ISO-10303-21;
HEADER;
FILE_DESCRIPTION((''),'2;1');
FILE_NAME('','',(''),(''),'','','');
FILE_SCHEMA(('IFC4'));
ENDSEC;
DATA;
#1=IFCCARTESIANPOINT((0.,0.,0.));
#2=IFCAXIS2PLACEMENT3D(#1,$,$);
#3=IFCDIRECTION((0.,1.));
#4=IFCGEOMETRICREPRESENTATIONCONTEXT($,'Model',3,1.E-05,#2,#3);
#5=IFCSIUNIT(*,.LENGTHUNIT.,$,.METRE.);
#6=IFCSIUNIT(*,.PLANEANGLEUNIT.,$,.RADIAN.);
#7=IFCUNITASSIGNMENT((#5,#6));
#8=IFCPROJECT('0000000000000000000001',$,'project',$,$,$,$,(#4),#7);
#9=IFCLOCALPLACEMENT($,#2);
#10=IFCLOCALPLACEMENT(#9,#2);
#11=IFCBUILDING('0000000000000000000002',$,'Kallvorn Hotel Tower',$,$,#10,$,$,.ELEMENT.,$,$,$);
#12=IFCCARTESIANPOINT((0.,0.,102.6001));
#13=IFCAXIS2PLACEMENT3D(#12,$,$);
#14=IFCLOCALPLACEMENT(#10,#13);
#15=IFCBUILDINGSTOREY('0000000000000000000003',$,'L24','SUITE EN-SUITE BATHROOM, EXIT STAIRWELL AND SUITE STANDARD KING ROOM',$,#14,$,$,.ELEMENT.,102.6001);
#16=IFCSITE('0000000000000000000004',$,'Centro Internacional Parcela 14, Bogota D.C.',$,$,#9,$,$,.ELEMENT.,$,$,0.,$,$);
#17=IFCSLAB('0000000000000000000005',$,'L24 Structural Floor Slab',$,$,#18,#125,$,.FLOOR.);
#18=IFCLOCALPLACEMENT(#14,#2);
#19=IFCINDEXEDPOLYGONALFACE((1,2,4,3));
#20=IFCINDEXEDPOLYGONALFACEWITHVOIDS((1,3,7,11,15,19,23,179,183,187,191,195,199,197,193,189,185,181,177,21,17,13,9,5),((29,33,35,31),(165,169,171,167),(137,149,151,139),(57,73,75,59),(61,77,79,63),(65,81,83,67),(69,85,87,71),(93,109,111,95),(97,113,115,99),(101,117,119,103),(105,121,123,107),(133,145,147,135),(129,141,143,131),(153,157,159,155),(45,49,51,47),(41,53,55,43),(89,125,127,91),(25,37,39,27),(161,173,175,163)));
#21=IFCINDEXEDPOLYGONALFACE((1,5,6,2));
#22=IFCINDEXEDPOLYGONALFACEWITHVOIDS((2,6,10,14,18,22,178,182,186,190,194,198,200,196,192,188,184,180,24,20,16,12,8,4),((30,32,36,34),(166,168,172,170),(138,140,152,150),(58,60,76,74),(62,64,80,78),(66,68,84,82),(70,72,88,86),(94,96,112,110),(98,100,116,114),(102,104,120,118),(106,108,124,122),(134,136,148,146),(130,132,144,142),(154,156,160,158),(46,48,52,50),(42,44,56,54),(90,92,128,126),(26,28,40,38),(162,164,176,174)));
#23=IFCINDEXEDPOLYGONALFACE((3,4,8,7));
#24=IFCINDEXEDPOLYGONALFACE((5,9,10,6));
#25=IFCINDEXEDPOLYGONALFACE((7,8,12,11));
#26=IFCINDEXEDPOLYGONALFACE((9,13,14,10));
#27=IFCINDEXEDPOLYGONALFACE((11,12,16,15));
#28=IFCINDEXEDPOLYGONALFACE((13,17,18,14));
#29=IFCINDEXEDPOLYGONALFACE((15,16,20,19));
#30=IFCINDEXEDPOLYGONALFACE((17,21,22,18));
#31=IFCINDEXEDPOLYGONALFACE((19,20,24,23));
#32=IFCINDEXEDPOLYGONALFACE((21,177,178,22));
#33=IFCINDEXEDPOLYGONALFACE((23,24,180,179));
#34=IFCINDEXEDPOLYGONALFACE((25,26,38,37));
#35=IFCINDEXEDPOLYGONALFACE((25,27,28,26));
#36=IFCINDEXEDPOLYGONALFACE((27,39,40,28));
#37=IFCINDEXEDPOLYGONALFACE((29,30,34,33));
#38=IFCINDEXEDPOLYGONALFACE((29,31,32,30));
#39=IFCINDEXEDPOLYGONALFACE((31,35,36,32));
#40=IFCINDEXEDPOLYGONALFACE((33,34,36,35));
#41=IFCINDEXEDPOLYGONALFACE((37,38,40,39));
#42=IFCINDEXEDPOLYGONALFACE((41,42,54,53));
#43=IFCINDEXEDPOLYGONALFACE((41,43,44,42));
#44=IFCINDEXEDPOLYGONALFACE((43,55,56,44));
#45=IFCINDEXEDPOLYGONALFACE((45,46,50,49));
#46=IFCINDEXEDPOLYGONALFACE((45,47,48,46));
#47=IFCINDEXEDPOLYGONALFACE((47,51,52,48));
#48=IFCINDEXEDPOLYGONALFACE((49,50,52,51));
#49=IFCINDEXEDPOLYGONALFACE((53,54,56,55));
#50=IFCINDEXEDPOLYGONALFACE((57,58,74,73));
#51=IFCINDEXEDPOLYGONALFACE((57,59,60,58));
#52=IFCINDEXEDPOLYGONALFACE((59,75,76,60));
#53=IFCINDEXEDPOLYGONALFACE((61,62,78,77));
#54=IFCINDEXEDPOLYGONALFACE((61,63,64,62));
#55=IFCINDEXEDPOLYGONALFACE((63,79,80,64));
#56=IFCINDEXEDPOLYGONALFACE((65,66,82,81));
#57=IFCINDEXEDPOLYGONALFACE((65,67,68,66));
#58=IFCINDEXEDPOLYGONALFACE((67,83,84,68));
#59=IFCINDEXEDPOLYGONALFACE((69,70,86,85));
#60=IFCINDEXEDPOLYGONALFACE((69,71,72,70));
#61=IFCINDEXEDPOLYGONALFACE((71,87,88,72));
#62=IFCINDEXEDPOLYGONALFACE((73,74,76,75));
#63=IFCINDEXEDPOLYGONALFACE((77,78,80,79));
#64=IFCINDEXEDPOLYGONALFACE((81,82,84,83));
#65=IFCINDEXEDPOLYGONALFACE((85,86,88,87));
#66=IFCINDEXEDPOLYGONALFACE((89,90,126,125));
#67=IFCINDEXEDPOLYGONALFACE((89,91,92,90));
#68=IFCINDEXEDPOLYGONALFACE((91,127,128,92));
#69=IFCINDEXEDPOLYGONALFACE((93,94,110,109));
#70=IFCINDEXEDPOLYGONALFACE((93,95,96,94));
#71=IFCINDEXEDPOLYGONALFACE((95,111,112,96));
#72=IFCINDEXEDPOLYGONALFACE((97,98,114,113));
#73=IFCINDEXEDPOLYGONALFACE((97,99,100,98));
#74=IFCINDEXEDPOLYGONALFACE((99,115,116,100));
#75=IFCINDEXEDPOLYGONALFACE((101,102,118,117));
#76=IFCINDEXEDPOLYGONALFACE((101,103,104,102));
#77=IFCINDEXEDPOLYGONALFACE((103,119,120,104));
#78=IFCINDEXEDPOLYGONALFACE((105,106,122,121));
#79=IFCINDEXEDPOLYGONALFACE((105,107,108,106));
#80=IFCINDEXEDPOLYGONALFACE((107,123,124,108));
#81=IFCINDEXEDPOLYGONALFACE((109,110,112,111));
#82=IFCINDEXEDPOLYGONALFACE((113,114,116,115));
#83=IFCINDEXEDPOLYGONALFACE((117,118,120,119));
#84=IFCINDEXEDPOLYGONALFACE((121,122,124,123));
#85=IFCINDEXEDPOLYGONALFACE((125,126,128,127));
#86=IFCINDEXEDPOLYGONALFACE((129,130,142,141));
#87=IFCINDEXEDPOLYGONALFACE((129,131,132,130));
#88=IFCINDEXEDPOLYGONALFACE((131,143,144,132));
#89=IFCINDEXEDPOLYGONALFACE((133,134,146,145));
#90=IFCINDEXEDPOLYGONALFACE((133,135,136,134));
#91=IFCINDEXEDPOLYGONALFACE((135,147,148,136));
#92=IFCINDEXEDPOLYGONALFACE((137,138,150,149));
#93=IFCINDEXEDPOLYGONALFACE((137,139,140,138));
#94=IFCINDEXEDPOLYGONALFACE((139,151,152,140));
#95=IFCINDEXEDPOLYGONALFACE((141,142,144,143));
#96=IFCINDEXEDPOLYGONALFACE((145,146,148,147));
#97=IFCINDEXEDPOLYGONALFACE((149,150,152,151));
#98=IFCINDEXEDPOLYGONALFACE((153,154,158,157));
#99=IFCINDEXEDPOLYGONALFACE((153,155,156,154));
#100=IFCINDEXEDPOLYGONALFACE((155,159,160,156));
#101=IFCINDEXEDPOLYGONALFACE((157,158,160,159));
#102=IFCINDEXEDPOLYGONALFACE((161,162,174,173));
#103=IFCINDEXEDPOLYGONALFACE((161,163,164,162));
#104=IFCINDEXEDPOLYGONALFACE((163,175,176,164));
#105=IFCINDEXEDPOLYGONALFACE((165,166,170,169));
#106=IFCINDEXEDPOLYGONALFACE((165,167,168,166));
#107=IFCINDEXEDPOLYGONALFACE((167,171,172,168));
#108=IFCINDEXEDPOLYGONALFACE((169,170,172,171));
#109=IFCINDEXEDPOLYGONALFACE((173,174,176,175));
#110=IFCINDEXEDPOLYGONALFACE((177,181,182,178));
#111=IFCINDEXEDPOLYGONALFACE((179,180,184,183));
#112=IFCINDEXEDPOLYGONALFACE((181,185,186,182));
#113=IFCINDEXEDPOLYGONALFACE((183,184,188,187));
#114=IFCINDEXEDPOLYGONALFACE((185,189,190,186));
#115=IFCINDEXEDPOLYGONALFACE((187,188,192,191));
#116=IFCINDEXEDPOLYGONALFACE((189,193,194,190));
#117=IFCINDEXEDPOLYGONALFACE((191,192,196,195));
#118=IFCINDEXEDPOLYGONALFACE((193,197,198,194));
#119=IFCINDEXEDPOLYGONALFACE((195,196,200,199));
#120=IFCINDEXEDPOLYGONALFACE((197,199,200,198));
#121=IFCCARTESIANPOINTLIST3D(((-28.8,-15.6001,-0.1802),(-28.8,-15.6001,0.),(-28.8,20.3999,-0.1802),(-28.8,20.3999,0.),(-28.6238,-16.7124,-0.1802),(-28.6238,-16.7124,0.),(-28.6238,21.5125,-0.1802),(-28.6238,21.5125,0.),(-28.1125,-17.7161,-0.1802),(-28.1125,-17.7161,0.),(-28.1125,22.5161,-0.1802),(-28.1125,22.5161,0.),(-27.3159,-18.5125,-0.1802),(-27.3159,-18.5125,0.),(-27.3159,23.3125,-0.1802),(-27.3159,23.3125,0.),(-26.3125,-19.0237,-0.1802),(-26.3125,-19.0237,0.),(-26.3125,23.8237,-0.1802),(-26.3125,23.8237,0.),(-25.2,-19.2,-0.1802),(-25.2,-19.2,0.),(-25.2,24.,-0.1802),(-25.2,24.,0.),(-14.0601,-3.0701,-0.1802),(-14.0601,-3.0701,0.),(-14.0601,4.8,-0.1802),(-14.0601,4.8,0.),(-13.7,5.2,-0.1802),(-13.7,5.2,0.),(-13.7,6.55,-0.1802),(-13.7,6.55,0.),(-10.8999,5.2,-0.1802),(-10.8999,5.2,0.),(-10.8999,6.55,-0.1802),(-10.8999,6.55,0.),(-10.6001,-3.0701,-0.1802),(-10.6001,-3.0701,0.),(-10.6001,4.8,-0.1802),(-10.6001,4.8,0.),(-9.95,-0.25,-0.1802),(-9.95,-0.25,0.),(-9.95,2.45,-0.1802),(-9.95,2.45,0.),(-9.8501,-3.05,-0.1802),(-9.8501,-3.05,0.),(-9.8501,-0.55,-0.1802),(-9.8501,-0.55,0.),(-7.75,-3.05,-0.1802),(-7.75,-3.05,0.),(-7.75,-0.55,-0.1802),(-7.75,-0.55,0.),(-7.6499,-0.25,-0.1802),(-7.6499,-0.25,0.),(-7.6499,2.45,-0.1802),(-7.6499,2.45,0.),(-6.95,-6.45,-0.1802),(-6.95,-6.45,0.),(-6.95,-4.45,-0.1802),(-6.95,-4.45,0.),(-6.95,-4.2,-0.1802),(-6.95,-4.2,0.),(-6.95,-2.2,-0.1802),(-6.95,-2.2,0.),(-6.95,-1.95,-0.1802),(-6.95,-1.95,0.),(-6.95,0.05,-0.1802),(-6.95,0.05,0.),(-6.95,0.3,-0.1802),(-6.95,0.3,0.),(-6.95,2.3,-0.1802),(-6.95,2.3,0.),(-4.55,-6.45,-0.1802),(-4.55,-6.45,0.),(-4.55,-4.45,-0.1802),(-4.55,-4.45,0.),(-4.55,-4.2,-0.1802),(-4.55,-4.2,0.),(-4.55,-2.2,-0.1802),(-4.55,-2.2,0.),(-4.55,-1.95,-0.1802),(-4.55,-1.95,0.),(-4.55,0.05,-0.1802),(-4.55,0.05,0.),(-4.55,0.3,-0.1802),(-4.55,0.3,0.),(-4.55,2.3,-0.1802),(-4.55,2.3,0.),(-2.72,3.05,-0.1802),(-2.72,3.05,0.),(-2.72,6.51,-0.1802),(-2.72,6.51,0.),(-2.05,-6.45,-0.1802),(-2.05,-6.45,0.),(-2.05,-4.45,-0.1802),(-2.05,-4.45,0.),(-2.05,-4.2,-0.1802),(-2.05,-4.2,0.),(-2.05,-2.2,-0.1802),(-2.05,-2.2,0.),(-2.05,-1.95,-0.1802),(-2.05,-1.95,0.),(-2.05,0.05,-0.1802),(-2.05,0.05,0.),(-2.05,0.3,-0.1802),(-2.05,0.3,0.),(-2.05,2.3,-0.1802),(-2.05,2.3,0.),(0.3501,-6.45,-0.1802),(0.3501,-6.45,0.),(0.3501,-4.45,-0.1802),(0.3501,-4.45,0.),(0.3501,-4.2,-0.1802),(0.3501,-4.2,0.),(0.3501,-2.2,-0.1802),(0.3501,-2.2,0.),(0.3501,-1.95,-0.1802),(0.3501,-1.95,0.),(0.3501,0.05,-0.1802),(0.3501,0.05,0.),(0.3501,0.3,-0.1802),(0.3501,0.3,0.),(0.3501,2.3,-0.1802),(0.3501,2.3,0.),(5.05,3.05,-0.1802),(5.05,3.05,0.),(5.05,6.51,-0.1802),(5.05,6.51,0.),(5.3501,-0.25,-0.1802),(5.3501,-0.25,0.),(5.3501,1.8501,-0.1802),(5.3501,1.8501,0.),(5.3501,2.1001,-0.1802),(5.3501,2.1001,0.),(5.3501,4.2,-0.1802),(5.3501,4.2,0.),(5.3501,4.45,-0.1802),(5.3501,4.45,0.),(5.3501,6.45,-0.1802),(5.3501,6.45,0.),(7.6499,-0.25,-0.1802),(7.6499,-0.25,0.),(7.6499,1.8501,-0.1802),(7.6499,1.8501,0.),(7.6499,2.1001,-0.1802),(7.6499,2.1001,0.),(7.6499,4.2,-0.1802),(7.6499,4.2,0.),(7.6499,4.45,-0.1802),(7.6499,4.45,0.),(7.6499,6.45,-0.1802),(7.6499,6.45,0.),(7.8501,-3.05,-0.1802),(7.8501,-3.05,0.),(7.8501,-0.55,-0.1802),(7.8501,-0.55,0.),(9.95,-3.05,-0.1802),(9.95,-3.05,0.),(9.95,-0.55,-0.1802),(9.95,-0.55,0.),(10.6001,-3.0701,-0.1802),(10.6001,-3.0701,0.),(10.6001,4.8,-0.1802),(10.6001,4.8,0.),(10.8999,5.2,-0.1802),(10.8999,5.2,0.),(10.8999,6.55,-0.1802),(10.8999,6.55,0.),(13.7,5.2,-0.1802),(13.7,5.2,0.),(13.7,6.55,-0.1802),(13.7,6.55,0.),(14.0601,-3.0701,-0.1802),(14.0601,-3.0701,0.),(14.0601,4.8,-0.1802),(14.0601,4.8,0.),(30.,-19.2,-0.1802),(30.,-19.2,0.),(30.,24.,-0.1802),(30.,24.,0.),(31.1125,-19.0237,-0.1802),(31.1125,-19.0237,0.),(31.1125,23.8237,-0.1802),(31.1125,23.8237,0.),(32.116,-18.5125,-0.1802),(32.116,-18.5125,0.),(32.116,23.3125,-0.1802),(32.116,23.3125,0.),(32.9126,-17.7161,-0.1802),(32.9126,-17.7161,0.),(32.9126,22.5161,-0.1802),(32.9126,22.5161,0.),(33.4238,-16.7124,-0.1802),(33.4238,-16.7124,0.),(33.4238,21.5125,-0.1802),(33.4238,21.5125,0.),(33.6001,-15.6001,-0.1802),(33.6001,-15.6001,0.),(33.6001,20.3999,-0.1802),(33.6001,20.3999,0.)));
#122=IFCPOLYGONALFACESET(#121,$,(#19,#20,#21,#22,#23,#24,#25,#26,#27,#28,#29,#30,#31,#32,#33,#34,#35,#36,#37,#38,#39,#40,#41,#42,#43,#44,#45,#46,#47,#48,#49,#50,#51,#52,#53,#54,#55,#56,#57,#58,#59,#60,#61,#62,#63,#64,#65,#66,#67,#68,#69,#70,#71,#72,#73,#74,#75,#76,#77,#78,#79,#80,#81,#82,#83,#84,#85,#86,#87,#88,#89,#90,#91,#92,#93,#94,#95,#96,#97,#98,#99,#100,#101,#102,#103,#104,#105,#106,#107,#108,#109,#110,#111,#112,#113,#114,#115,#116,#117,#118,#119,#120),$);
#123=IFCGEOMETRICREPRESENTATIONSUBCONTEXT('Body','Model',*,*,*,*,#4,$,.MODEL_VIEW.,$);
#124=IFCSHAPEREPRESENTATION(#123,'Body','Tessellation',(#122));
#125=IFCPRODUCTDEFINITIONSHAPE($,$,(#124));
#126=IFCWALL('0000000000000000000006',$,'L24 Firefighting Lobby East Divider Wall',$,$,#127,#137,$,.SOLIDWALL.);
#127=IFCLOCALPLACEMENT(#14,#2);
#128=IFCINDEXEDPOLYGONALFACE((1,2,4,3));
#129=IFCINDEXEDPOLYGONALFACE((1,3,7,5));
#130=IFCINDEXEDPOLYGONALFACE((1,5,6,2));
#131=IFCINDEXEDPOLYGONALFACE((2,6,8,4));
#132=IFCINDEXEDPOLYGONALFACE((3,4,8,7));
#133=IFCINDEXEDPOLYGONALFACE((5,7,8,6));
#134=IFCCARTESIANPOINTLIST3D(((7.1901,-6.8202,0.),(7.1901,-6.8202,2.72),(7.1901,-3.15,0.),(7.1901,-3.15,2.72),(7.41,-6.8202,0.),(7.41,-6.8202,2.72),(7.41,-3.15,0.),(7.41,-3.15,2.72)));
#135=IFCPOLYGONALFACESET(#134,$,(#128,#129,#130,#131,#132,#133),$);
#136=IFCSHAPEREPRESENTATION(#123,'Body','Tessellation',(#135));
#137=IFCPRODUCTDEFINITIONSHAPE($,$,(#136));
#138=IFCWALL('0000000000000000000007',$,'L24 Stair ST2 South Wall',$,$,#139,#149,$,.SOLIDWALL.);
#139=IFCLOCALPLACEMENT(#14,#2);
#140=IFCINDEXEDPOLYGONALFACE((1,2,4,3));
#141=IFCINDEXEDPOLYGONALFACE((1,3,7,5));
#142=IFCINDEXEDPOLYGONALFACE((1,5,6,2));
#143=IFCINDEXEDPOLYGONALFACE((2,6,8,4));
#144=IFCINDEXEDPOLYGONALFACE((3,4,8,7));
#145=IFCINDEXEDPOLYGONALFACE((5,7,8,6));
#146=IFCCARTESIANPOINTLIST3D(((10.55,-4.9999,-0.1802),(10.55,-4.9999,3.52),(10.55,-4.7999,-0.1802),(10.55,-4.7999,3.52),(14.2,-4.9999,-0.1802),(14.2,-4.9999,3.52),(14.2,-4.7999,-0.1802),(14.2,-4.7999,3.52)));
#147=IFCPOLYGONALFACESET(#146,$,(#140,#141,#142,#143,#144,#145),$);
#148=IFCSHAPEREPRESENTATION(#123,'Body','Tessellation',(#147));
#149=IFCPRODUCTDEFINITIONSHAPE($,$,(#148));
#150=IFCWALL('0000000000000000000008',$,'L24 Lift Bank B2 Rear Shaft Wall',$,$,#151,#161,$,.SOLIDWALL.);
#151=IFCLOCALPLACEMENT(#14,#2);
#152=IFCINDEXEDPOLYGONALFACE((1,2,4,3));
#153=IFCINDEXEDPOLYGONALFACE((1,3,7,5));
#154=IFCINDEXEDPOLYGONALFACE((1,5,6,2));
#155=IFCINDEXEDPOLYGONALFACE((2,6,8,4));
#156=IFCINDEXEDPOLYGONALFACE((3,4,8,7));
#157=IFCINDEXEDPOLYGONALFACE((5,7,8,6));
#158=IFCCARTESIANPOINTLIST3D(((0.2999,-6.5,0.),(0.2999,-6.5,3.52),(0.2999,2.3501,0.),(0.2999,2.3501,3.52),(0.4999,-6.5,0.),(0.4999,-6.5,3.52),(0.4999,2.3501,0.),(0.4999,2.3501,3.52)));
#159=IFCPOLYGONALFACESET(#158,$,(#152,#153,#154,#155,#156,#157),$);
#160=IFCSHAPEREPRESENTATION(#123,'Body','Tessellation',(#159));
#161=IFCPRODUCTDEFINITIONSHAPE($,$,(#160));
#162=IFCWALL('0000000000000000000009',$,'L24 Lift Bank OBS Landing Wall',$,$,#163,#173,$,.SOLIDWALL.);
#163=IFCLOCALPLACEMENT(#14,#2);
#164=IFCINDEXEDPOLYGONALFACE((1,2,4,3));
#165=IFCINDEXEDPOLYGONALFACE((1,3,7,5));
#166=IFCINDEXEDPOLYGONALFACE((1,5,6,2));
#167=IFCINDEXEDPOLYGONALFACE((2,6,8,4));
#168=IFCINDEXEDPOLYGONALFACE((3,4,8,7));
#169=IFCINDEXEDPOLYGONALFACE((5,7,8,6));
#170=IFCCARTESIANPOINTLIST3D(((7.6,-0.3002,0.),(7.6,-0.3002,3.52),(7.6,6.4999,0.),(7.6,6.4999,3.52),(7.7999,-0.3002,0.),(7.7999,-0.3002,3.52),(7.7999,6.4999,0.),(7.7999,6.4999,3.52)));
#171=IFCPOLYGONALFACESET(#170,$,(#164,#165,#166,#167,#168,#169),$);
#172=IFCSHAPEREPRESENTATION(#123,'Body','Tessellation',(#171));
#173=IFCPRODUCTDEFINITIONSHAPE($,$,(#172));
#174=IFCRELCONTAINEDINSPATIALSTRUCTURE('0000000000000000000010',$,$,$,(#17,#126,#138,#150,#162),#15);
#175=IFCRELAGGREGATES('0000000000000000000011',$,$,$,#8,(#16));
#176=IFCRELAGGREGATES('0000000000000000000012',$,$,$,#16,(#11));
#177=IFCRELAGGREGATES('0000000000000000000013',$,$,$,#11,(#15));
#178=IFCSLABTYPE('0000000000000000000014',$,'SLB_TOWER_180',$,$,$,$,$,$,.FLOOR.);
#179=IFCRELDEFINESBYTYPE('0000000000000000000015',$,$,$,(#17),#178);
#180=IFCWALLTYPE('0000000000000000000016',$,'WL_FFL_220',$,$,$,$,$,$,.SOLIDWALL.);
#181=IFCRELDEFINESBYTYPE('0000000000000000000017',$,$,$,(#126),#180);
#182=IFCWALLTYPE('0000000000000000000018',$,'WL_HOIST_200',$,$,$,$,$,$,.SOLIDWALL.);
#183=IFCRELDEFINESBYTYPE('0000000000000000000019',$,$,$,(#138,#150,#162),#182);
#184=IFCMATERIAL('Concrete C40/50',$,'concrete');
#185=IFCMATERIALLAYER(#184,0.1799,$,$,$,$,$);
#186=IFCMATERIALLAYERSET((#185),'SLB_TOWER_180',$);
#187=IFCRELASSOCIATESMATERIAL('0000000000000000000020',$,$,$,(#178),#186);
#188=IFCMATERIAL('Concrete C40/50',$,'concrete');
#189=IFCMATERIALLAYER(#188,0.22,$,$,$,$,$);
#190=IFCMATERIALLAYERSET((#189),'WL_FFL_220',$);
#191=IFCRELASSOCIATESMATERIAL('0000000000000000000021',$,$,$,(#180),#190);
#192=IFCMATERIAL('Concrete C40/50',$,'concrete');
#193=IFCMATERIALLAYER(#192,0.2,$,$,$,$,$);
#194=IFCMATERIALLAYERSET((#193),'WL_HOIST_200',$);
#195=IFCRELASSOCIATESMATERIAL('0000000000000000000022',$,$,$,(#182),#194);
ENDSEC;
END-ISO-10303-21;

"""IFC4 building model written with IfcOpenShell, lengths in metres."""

from ifc_helpers import new_model, si_unit, direction, frame, frame_2d, origin, place, context, subcontext, project, spatial, polyline, rectangle, outline, extrude, material, layer, layer_set, type_object, element, save


model = new_model("IFC4")

# Units and contexts
model_context = context("Model", 3, precision=1e-05, world=origin(), true_north=direction((0.0, 1.0)))
body_context = subcontext(model_context, "Body", "Model", "MODEL_VIEW")
ifc_project = project(units=[si_unit("LENGTHUNIT", "METRE"), si_unit("PLANEANGLEUNIT", "RADIAN")], contexts=[model_context])

# Site, building, storey
site_placement = place(None, origin())
site = spatial("IfcSite", under=ifc_project, at=site_placement, Name="Centro Internacional Parcela 14, Bogota D.C.", CompositionType="ELEMENT", RefElevation=0.0)
building_placement = place(site_placement, origin())
building = spatial("IfcBuilding", under=site, at=building_placement, Name="Kallvorn Hotel Tower", CompositionType="ELEMENT")
storey_placement = place(building_placement, frame((0.0, 0.0, 102.6001)))
storey = spatial("IfcBuildingStorey", under=building, at=storey_placement, Name="L24", Description="SUITE EN-SUITE BATHROOM, EXIT STAIRWELL AND SUITE STANDARD KING ROOM", CompositionType="ELEMENT", Elevation=102.6001)

# Slab
ifc_material_1 = material(Name="Concrete C40/50", Category="concrete")
ifc_layer_1 = layer(ifc_material_1, 0.1799)
ifc_layer_set_1 = layer_set([ifc_layer_1], Name="SLB_TOWER_180")
slab_type_1 = type_object("IfcSlabType", Name="SLB_TOWER_180", PredefinedType="FLOOR", material=ifc_layer_set_1)
slab_1_placement = place(storey_placement, frame((0.0, 0.0, -0.1802)))
element("IfcSlab", 1, at=slab_1_placement, inside=storey, type_object=slab_type_1, Name="L24 Structural Floor Slab", PredefinedType="FLOOR", context=body_context, shape_type="SweptSolid", body=[
    extrude(outline(polyline([(30.0, -19.2), (31.1125, -19.0237), (32.116, -18.5125), (32.9126, -17.7161), (33.4238, -16.7124), (33.6001, -15.6001), (33.6001, 20.3999), (33.4238, 21.5125), (32.9126, 22.5161), (32.116, 23.3125), (31.1125, 23.8237), (30.0, 24.0), (-25.2, 24.0), (-26.3125, 23.8237), (-27.3159, 23.3125), (-28.1125, 22.5161), (-28.6238, 21.5125), (-28.8, 20.3999), (-28.8, -15.6001), (-28.6238, -16.7124), (-28.1125, -17.7161), (-27.3159, -18.5125), (-26.3125, -19.0237), (-25.2, -19.2), (30.0, -19.2)]), holes=[polyline([(-10.6001, -3.0701), (-10.6001, 4.8), (-14.0601, 4.8), (-14.0601, -3.0701), (-10.6001, -3.0701)]), polyline([(14.0601, -3.0701), (14.0601, 4.8), (10.6001, 4.8), (10.6001, -3.0701), (14.0601, -3.0701)]), polyline([(-2.72, 3.05), (5.05, 3.05), (5.05, 6.51), (-2.72, 6.51), (-2.72, 3.05)]), polyline([(-6.95, -6.45), (-4.55, -6.45), (-4.55, -4.45), (-6.95, -4.45), (-6.95, -6.45)]), polyline([(-6.95, -4.2), (-4.55, -4.2), (-4.55, -2.2), (-6.95, -2.2), (-6.95, -4.2)]), polyline([(-6.95, -1.95), (-4.55, -1.95), (-4.55, 0.05), (-6.95, 0.05), (-6.95, -1.95)]), polyline([(-6.95, 0.3), (-4.55, 0.3), (-4.55, 2.3), (-6.95, 2.3), (-6.95, 0.3)]), polyline([(-2.05, -6.45), (0.3501, -6.45), (0.3501, -4.45), (-2.05, -4.45), (-2.05, -6.45)]), polyline([(-2.05, -4.2), (0.3501, -4.2), (0.3501, -2.2), (-2.05, -2.2), (-2.05, -4.2)]), polyline([(-2.05, -1.95), (0.3501, -1.95), (0.3501, 0.05), (-2.05, 0.05), (-2.05, -1.95)]), polyline([(-2.05, 0.3), (0.3501, 0.3), (0.3501, 2.3), (-2.05, 2.3), (-2.05, 0.3)]), polyline([(5.3501, -0.25), (7.6499, -0.25), (7.6499, 1.8501), (5.3501, 1.8501), (5.3501, -0.25)]), polyline([(5.3501, 2.1001), (7.6499, 2.1001), (7.6499, 4.2), (5.3501, 4.2), (5.3501, 2.1001)]), polyline([(5.3501, 4.45), (7.6499, 4.45), (7.6499, 6.45), (5.3501, 6.45), (5.3501, 4.45)]), polyline([(-9.8501, -3.05), (-7.75, -3.05), (-7.75, -0.55), (-9.8501, -0.55), (-9.8501, -3.05)]), polyline([(7.8501, -3.05), (9.95, -3.05), (9.95, -0.55), (7.8501, -0.55), (7.8501, -3.05)]), polyline([(-9.95, -0.25), (-7.6499, -0.25), (-7.6499, 2.45), (-9.95, 2.45), (-9.95, -0.25)]), polyline([(-13.7, 5.2), (-10.8999, 5.2), (-10.8999, 6.55), (-13.7, 6.55), (-13.7, 5.2)]), polyline([(10.8999, 5.2), (13.7, 5.2), (13.7, 6.55), (10.8999, 6.55), (10.8999, 5.2)])]), origin(), (0.0, 0.0, 1.0), 0.1802),
])

# Walls
ifc_material_2 = material(Name="Concrete C40/50", Category="concrete")
ifc_layer_2 = layer(ifc_material_2, 0.22)
ifc_layer_set_2 = layer_set([ifc_layer_2], Name="WL_FFL_220")
wall_type_1 = type_object("IfcWallType", Name="WL_FFL_220", PredefinedType="SOLIDWALL", material=ifc_layer_set_2)
wall_1_placement = place(storey_placement, frame((7.3, -6.8201, 0.0), z_axis=(0.0, 0.0, 1.0), x_axis=(0.0, 1.0, 0.0)))
element("IfcWall", 2, at=wall_1_placement, inside=storey, type_object=wall_type_1, Name="L24 Firefighting Lobby East Divider Wall", PredefinedType="SOLIDWALL", context=body_context, shape_type="SweptSolid", body=[
    extrude(rectangle(XDim=3.6702, YDim=0.22, at=frame_2d((1.835, 0.0))), origin(), (0.0, 0.0, 1.0), 2.72),
])
ifc_material_3 = material(Name="Concrete C40/50", Category="concrete")
ifc_layer_3 = layer(ifc_material_3, 0.2)
ifc_layer_set_3 = layer_set([ifc_layer_3], Name="WL_HOIST_200")
wall_type_2 = type_object("IfcWallType", Name="WL_HOIST_200", PredefinedType="SOLIDWALL", material=ifc_layer_set_3)
wall_2_placement = place(storey_placement, frame((10.55, -4.8999, -0.1802), z_axis=(0.0, 0.0, 1.0), x_axis=(1.0, 0.0, 0.0)))
element("IfcWall", 3, at=wall_2_placement, inside=storey, type_object=wall_type_2, Name="L24 Stair ST2 South Wall", PredefinedType="SOLIDWALL", context=body_context, shape_type="SweptSolid", body=[
    extrude(rectangle(XDim=3.6499, YDim=0.2, at=frame_2d((1.825, 0.0))), origin(), (0.0, 0.0, 1.0), 3.7002),
])
wall_3_placement = place(storey_placement, frame((0.3999, -6.5, 0.0), z_axis=(0.0, 0.0, 1.0), x_axis=(0.0, 1.0, 0.0)))
element("IfcWall", 4, at=wall_3_placement, inside=storey, type_object=wall_type_2, Name="L24 Lift Bank B2 Rear Shaft Wall", PredefinedType="SOLIDWALL", context=body_context, shape_type="SweptSolid", body=[
    extrude(rectangle(XDim=8.8501, YDim=0.2, at=frame_2d((4.425, 0.0))), origin(), (0.0, 0.0, 1.0), 3.52),
])
for number, where, z_axis, x_axis, name in (
    (5, (7.7, -0.3, 0.0), (0.0, 0.0, 1.0), (0.0, 1.0, 0.0), "L24 Lift Bank OBS Landing Wall"),
):
    element("IfcWall", number, at=place(storey_placement, frame(where, z_axis=z_axis, x_axis=x_axis)), inside=storey, type_object=wall_type_2, Name=name, PredefinedType="SOLIDWALL", context=body_context, shape_type="SweptSolid", body=[
        extrude(rectangle(XDim=6.8, YDim=0.2, at=frame_2d((3.3999, 0.0))), origin(), (0.0, 0.0, 1.0), 3.52),
    ])

save(model, "model.ifc")
